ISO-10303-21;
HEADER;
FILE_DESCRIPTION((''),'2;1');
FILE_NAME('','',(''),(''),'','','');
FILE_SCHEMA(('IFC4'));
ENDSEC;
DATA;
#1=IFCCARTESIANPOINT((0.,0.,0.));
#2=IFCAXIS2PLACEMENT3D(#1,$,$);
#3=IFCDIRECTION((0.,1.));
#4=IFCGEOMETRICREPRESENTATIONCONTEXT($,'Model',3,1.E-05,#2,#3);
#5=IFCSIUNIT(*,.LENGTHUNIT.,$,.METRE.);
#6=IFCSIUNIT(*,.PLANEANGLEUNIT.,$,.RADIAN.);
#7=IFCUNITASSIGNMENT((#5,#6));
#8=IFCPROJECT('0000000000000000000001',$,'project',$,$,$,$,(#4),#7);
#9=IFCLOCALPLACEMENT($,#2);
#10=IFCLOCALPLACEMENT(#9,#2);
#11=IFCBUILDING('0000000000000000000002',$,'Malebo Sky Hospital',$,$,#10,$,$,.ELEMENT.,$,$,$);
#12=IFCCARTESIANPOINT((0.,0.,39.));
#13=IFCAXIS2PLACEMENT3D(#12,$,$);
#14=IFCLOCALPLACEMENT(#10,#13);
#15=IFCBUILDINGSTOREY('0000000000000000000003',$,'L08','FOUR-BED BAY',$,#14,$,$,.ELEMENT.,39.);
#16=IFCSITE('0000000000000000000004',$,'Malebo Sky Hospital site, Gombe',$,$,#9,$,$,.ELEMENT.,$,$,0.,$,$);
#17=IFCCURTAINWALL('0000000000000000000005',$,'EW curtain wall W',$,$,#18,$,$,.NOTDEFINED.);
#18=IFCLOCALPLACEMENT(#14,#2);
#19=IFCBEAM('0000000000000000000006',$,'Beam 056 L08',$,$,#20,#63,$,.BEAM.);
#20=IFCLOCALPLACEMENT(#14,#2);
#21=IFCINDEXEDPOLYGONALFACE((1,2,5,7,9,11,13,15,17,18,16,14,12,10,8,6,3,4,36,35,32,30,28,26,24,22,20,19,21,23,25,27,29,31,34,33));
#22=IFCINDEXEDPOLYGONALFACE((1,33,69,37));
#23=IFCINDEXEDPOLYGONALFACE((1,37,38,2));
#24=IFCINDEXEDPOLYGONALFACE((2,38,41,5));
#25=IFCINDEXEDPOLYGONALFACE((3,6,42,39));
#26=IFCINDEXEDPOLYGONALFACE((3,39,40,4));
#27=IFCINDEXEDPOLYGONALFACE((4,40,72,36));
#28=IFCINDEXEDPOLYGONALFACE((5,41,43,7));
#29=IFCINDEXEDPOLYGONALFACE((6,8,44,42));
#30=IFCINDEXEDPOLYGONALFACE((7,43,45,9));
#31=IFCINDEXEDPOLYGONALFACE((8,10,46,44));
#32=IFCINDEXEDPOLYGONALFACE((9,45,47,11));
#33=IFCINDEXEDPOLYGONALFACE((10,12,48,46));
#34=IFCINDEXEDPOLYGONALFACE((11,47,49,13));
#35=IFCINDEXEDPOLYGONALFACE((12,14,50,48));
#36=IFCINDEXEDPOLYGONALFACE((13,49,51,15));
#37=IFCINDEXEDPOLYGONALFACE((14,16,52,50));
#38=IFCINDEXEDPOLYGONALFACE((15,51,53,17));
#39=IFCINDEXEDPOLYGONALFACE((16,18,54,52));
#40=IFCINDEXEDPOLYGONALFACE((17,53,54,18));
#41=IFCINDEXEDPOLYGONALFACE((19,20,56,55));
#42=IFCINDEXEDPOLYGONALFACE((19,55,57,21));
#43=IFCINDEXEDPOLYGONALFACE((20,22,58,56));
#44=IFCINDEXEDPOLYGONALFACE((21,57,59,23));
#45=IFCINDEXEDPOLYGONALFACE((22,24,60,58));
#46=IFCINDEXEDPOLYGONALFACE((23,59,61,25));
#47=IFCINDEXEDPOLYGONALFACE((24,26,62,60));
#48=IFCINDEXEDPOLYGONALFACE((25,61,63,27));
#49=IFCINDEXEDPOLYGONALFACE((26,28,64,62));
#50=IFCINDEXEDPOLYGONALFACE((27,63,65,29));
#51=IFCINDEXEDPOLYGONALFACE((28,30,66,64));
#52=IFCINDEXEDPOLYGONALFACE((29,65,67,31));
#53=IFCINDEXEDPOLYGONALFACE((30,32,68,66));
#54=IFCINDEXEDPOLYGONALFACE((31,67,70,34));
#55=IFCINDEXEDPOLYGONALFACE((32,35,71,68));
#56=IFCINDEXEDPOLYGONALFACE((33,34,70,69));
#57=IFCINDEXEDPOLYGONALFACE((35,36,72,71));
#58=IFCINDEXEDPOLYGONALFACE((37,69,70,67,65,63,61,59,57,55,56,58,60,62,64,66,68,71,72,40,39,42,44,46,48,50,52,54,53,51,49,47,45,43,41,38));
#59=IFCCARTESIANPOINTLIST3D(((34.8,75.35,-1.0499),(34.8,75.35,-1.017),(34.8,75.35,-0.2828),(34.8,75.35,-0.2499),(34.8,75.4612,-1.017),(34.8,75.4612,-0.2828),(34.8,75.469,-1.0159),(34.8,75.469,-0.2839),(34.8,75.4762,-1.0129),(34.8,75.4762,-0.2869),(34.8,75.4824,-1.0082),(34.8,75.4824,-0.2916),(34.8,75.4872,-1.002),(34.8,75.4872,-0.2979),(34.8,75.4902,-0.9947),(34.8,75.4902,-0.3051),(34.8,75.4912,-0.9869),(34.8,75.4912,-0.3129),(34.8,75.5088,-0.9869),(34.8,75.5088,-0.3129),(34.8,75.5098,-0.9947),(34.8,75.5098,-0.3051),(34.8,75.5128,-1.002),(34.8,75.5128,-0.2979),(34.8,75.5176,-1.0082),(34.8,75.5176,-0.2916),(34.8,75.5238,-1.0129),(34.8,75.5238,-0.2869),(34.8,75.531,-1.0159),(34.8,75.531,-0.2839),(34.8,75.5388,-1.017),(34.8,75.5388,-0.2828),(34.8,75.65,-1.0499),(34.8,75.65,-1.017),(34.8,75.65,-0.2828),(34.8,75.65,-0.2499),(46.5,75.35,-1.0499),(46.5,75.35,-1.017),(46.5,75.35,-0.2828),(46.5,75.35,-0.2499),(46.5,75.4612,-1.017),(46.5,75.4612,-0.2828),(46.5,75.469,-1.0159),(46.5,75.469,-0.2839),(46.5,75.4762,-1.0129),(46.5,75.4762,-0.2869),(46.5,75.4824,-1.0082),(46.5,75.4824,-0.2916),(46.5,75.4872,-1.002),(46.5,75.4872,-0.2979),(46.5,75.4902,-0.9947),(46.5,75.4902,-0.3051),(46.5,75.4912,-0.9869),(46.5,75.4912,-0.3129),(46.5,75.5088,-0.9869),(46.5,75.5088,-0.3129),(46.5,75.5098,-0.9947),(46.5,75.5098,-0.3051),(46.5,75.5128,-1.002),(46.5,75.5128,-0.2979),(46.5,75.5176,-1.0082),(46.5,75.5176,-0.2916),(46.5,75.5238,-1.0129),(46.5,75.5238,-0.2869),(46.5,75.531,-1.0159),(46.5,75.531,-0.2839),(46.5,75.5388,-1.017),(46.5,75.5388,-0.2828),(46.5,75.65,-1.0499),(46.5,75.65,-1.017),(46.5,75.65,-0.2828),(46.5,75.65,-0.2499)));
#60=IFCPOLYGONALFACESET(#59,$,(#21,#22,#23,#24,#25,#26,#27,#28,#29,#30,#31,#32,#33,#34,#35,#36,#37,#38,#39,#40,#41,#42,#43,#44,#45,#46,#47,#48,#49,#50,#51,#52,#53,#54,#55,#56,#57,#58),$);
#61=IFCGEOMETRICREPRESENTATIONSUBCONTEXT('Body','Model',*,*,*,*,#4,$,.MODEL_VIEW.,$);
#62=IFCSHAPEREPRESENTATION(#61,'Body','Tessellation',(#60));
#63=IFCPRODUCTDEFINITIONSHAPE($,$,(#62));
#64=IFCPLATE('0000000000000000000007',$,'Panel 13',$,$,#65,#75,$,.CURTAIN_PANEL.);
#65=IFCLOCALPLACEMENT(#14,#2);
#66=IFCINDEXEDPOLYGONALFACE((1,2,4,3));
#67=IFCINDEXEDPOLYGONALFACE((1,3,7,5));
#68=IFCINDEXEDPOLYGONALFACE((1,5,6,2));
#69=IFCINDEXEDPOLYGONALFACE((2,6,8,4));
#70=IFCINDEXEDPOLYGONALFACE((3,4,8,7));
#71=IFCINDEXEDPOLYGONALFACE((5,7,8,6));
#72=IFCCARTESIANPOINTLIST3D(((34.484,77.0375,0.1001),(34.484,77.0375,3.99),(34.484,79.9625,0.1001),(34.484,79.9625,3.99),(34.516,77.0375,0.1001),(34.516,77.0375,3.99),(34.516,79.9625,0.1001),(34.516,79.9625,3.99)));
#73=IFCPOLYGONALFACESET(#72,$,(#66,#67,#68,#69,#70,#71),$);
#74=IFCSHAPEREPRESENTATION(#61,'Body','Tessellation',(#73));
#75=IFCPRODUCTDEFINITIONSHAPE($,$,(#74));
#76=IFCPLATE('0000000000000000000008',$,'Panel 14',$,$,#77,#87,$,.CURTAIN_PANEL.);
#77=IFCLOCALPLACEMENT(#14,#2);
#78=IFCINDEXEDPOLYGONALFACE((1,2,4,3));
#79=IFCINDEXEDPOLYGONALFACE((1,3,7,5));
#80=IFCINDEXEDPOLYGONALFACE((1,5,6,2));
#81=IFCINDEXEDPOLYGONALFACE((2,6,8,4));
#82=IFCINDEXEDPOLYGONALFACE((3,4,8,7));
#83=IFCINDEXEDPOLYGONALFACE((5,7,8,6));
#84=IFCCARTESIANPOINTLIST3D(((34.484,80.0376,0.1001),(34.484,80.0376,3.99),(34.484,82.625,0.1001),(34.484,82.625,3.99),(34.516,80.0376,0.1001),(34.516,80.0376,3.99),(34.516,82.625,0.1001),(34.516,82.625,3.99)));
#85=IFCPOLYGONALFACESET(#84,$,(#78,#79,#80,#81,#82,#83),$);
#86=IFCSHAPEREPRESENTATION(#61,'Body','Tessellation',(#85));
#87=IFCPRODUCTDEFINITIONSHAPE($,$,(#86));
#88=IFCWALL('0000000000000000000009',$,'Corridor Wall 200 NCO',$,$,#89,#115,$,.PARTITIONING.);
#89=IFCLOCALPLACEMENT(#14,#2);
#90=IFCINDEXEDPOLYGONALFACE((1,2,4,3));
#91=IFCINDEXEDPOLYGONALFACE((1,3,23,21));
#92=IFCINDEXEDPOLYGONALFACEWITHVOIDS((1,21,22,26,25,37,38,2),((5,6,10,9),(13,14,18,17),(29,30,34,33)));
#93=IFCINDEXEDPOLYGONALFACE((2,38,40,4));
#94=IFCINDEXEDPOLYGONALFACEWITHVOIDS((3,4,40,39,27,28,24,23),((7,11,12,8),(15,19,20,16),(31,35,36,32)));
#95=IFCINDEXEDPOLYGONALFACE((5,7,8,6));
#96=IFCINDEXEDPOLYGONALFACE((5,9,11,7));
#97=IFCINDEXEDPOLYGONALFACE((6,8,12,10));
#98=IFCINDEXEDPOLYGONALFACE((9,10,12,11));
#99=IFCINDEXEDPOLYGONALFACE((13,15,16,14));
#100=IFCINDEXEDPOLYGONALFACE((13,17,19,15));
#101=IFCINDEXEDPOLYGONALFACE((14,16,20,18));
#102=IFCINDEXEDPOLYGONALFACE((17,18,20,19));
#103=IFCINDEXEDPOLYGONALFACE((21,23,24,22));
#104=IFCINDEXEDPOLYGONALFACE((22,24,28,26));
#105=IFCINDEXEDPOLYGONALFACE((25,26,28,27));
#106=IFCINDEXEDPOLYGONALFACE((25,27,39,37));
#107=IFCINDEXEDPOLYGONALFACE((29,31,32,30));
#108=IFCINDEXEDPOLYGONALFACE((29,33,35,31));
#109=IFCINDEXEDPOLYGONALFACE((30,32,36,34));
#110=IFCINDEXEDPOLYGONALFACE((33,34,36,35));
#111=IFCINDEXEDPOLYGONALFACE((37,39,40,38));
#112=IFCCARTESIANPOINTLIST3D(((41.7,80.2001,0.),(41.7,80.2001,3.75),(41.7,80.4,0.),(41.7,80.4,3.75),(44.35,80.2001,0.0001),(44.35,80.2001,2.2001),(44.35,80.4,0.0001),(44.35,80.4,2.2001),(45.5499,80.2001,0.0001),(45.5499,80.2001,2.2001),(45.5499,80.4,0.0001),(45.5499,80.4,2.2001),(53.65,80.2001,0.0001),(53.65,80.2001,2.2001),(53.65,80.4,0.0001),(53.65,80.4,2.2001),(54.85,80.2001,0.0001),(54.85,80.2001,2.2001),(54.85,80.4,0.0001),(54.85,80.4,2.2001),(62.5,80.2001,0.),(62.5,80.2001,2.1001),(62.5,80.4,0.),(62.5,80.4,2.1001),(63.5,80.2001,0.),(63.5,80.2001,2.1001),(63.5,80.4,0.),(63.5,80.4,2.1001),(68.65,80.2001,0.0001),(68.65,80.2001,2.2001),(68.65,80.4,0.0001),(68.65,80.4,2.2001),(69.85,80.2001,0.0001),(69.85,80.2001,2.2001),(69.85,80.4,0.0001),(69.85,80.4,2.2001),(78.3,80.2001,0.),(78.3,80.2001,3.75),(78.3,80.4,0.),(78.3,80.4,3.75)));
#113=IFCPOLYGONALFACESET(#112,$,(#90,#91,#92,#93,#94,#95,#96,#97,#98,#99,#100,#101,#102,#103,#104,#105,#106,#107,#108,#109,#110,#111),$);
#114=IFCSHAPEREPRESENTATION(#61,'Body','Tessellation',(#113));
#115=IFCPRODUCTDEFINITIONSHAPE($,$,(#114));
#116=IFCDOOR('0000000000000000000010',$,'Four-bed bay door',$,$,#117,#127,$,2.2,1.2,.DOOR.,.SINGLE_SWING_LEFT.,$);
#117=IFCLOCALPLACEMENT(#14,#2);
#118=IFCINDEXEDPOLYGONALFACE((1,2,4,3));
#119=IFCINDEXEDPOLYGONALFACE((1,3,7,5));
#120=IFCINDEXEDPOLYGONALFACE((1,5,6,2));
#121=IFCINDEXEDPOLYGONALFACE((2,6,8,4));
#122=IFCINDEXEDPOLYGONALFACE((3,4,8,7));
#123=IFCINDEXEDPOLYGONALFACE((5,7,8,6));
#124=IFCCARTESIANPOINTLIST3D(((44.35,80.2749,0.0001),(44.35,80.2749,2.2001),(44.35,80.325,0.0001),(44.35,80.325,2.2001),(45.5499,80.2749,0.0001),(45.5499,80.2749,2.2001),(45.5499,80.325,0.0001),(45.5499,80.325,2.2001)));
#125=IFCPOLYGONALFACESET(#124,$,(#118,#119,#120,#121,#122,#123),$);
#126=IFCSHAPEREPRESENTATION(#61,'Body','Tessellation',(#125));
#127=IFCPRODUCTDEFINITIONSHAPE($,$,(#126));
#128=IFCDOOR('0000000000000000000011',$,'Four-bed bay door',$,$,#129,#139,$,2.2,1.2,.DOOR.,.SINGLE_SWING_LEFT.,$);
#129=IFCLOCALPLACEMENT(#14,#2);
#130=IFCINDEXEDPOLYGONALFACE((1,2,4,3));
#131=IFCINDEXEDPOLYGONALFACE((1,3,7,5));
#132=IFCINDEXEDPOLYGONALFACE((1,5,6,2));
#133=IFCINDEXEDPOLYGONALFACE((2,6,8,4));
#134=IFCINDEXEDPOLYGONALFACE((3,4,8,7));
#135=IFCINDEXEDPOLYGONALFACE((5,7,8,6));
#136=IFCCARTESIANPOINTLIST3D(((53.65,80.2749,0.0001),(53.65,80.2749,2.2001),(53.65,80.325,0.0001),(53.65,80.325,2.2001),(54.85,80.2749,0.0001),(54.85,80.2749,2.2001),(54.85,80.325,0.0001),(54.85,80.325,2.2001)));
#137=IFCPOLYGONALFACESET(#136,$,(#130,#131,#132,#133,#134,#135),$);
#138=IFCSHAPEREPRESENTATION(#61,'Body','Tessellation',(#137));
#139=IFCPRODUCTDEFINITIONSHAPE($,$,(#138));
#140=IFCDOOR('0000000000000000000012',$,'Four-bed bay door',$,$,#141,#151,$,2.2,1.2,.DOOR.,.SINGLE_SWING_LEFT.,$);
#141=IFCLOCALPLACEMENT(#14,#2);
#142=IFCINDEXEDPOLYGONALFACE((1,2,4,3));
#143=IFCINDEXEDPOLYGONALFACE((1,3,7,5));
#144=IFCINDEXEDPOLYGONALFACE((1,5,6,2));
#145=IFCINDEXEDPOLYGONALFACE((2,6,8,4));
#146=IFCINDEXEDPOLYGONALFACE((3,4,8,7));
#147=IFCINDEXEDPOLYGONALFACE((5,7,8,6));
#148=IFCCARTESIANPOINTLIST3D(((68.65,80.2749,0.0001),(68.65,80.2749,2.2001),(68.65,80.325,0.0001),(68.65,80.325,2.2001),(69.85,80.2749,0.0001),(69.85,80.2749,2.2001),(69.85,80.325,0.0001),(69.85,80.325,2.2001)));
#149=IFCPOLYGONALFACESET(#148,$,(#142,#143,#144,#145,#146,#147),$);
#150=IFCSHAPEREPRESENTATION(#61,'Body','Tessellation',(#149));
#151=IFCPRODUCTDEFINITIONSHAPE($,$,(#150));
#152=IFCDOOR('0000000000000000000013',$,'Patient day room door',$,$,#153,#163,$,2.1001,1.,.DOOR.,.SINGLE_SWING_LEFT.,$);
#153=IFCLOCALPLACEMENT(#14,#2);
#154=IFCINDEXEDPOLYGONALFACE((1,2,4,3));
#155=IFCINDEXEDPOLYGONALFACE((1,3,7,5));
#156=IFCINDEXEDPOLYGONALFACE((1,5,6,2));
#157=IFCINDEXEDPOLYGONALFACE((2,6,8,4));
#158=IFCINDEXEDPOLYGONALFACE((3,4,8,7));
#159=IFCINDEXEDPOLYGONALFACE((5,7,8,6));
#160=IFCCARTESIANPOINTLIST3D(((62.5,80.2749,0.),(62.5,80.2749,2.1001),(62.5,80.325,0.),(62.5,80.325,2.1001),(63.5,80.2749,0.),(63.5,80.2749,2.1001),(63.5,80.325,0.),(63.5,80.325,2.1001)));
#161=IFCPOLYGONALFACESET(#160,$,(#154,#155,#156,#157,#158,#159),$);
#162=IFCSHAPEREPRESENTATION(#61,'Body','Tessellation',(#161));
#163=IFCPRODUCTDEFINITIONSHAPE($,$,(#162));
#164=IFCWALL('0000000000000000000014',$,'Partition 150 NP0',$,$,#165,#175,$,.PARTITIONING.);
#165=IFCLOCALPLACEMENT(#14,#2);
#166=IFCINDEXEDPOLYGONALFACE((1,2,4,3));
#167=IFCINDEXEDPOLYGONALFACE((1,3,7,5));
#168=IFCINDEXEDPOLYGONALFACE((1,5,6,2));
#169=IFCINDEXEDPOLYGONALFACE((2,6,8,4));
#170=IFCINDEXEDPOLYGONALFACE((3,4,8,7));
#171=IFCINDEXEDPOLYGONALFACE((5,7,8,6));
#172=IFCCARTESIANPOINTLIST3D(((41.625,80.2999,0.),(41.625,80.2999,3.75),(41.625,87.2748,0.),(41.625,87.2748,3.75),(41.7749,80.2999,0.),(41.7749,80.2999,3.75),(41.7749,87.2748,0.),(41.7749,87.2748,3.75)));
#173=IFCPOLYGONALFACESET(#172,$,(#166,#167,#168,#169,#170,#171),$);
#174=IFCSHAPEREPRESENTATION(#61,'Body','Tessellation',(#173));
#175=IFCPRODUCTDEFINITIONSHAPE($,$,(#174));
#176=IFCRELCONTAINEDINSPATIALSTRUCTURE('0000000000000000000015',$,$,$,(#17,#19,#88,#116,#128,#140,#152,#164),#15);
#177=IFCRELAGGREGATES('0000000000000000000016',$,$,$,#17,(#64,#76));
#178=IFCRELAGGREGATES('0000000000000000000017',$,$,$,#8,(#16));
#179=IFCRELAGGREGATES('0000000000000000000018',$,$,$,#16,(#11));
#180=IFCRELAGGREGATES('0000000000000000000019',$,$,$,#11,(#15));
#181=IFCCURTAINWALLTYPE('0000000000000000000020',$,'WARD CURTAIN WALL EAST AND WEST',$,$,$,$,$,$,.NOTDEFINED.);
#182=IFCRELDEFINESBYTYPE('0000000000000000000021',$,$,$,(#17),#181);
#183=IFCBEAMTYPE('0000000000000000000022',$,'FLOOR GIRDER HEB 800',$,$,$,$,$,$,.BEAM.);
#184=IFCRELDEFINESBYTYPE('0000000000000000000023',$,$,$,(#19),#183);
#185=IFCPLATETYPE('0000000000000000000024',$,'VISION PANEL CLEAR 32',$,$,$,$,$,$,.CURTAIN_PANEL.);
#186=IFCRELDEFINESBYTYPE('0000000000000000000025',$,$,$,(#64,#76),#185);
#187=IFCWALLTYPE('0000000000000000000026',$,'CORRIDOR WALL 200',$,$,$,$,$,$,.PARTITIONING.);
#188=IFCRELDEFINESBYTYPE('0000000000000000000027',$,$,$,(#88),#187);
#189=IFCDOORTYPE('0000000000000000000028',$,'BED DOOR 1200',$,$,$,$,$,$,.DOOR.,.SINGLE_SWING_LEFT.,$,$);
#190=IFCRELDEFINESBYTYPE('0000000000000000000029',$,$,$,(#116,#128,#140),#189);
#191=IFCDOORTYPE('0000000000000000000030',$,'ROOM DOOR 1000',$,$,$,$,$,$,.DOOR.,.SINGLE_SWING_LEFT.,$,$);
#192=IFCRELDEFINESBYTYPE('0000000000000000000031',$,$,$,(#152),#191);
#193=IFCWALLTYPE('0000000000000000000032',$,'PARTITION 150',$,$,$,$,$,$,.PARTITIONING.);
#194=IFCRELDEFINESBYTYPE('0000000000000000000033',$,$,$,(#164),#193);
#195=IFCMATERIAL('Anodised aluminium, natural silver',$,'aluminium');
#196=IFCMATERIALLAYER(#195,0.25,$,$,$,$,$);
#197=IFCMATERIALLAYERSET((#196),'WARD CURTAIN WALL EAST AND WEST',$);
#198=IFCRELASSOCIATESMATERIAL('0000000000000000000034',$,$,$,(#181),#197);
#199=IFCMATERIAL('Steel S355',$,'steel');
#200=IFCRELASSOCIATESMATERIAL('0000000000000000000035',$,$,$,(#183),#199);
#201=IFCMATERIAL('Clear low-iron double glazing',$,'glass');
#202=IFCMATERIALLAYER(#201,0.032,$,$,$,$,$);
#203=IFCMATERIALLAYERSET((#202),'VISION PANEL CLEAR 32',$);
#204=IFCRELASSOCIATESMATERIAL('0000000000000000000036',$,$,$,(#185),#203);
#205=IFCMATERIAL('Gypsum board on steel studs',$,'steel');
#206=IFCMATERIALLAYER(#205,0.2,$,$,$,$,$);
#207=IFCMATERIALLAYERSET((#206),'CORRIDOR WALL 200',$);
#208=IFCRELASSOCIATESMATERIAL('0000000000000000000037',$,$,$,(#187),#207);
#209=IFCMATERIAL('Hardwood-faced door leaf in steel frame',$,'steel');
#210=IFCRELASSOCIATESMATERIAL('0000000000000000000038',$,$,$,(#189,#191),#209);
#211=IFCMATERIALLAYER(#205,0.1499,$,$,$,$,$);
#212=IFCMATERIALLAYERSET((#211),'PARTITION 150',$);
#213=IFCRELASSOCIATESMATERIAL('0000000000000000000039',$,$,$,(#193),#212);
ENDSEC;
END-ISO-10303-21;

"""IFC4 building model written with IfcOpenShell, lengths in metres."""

from ifc_helpers import new_model, si_unit, direction, frame, frame_2d, origin, origin_2d, place, context, subcontext, project, spatial, rectangle, i_section, extrude, material, layer, layer_set, material_profile, profile_set, type_object, element, fill, aggregate, save


model = new_model("IFC4")

# Units and contexts
model_context = context("Model", 3, precision=1e-05, world=origin(), true_north=direction((0.0, 1.0)))
body_context = subcontext(model_context, "Body", "Model", "MODEL_VIEW")
ifc_project = project(units=[si_unit("LENGTHUNIT", "METRE"), si_unit("PLANEANGLEUNIT", "RADIAN")], contexts=[model_context])

# Site, building, storey
site_placement = place(None, origin())
site = spatial("IfcSite", under=ifc_project, at=site_placement, Name="Malebo Sky Hospital site, Gombe", CompositionType="ELEMENT", RefElevation=0.0)
building_placement = place(site_placement, origin())
building = spatial("IfcBuilding", under=site, at=building_placement, Name="Malebo Sky Hospital", CompositionType="ELEMENT")
storey_placement = place(building_placement, frame((0.0, 0.0, 39.0)))
storey = spatial("IfcBuildingStorey", under=building, at=storey_placement, Name="L08", Description="FOUR-BED BAY", CompositionType="ELEMENT", Elevation=39.0)

# Curtain wall
ifc_material_1 = material(Name="Anodised aluminium, natural silver", Category="aluminium")
ifc_layer_1 = layer(ifc_material_1, 0.25)
ifc_layer_set_1 = layer_set([ifc_layer_1], Name="WARD CURTAIN WALL EAST AND WEST")
curtain_wall_type = type_object("IfcCurtainWallType", Name="WARD CURTAIN WALL EAST AND WEST", PredefinedType="NOTDEFINED", material=ifc_layer_set_1)
curtain_wall_placement = place(storey_placement, origin())
curtain_wall = element("IfcCurtainWall", 1, at=curtain_wall_placement, inside=storey, type_object=curtain_wall_type, Name="EW curtain wall W", PredefinedType="NOTDEFINED")

# Beam
ifc_material_2 = material(Name="Steel S355", Category="steel")
ifc_material_profile_1 = material_profile(ifc_material_2, i_section(OverallWidth=0.3, OverallDepth=0.8, WebThickness=0.0176, FlangeThickness=0.033, FilletRadius=0.03, at=origin_2d()), Name="HEB 800")
ifc_profile_set_1 = profile_set([ifc_material_profile_1], Name="Steel S355")
beam_type_1 = type_object("IfcBeamType", Name="FLOOR GIRDER HEB 800", PredefinedType="BEAM", material=ifc_profile_set_1)
beam_1_placement = place(storey_placement, frame((34.8, 75.5, -0.6499), z_axis=(1.0, 0.0, 0.0), x_axis=(0.0, 1.0, 0.0)))
element("IfcBeam", 2, at=beam_1_placement, inside=storey, type_object=beam_type_1, Name="Beam 056 L08", PredefinedType="BEAM", context=body_context, shape_type="SweptSolid", body=[
    extrude(i_section(OverallWidth=0.3, OverallDepth=0.8, WebThickness=0.0176, FlangeThickness=0.033, FilletRadius=0.03, at=origin_2d()), origin(), (0.0, 0.0, 1.0), 11.7),
])

# Plates
ifc_material_3 = material(Name="Clear low-iron double glazing", Category="glass")
ifc_layer_2 = layer(ifc_material_3, 0.032)
ifc_layer_set_2 = layer_set([ifc_layer_2], Name="VISION PANEL CLEAR 32")
plate_type = type_object("IfcPlateType", Name="VISION PANEL CLEAR 32", PredefinedType="CURTAIN_PANEL", material=ifc_layer_set_2)
plate_1_placement = place(storey_placement, frame((34.5, 78.5, 0.1001), z_axis=(0.0, 0.0, 1.0), x_axis=(0.0, 1.0, 0.0)))
plate_1 = element("IfcPlate", 3, at=plate_1_placement, type_object=plate_type, Name="Panel 13", PredefinedType="CURTAIN_PANEL", context=body_context, shape_type="SweptSolid", body=[
    extrude(rectangle(XDim=2.925, YDim=0.032, at=origin_2d()), origin(), (0.0, 0.0, 1.0), 3.8899),
])
plate_2_placement = place(storey_placement, frame((34.5, 81.3313, 0.1001), z_axis=(0.0, 0.0, 1.0), x_axis=(0.0, 1.0, 0.0)))
plate_2 = element("IfcPlate", 4, at=plate_2_placement, type_object=plate_type, Name="Panel 14", PredefinedType="CURTAIN_PANEL", context=body_context, shape_type="SweptSolid", body=[
    extrude(rectangle(XDim=2.5874, YDim=0.032, at=origin_2d()), origin(), (0.0, 0.0, 1.0), 3.8899),
])
aggregate(curtain_wall, [plate_1, plate_2])

# Wall, openings, doors
ifc_material_4 = material(Name="Gypsum board on steel studs", Category="steel")
ifc_layer_3 = layer(ifc_material_4, 0.2)
ifc_layer_set_3 = layer_set([ifc_layer_3], Name="CORRIDOR WALL 200")
wall_type_1 = type_object("IfcWallType", Name="CORRIDOR WALL 200", PredefinedType="PARTITIONING", material=ifc_layer_set_3)
wall_1_placement = place(storey_placement, frame((41.7, 80.3, 0.0), z_axis=(0.0, 0.0, 1.0), x_axis=(1.0, 0.0, 0.0)))
wall_1 = element("IfcWall", 5, at=wall_1_placement, inside=storey, type_object=wall_type_1, Name="Corridor Wall 200 NCO", PredefinedType="PARTITIONING", context=body_context, shape_type="SweptSolid", body=[
    extrude(rectangle(XDim=36.6001, YDim=0.2, at=frame_2d((18.3, 0.0))), origin(), (0.0, 0.0, 1.0), 3.75),
])
opening_1_placement = place(wall_1_placement, frame((2.6499, 0.0, 0.0)))
opening_1 = element("IfcOpeningElement", 6, at=opening_1_placement, cuts=wall_1, PredefinedType="OPENING", context=body_context, shape_type="SweptSolid", body=[
    extrude(rectangle(XDim=1.2, YDim=2.2, at=frame_2d((0.6001, 1.1001))), frame((0.0, 0.1099, 0.0), z_axis=(0.0, -1.0, 0.0), x_axis=(1.0, 0.0, 0.0)), (0.0, 0.0, 1.0), 0.22),
])
opening_2_placement = place(wall_1_placement, frame((11.95, 0.0, 0.0)))
opening_2 = element("IfcOpeningElement", 7, at=opening_2_placement, cuts=wall_1, PredefinedType="OPENING", context=body_context, shape_type="SweptSolid", body=[
    extrude(rectangle(XDim=1.2, YDim=2.2, at=frame_2d((0.6001, 1.1001))), frame((0.0, 0.1099, 0.0), z_axis=(0.0, -1.0, 0.0), x_axis=(1.0, 0.0, 0.0)), (0.0, 0.0, 1.0), 0.22),
])
opening_3_placement = place(wall_1_placement, frame((20.8, 0.0, 0.0)))
opening_3 = element("IfcOpeningElement", 8, at=opening_3_placement, cuts=wall_1, PredefinedType="OPENING", context=body_context, shape_type="SweptSolid", body=[
    extrude(rectangle(XDim=1.0, YDim=2.1001, at=frame_2d((0.5, 1.05))), frame((0.0, 0.1099, 0.0), z_axis=(0.0, -1.0, 0.0), x_axis=(1.0, 0.0, 0.0)), (0.0, 0.0, 1.0), 0.22),
])
opening_4_placement = place(wall_1_placement, frame((26.95, 0.0, 0.0)))
opening_4 = element("IfcOpeningElement", 9, at=opening_4_placement, cuts=wall_1, PredefinedType="OPENING", context=body_context, shape_type="SweptSolid", body=[
    extrude(rectangle(XDim=1.2, YDim=2.2, at=frame_2d((0.6001, 1.1001))), frame((0.0, 0.1099, 0.0), z_axis=(0.0, -1.0, 0.0), x_axis=(1.0, 0.0, 0.0)), (0.0, 0.0, 1.0), 0.22),
])
ifc_material_5 = material(Name="Hardwood-faced door leaf in steel frame", Category="steel")
door_type_1 = type_object("IfcDoorType", Name="BED DOOR 1200", OperationType="SINGLE_SWING_LEFT", PredefinedType="DOOR", material=ifc_material_5)
door_1_placement = place(opening_1_placement, origin())
door_1 = element("IfcDoor", 10, at=door_1_placement, inside=storey, type_object=door_type_1, Name="Four-bed bay door", OperationType="SINGLE_SWING_LEFT", OverallHeight=2.2, OverallWidth=1.2, PredefinedType="DOOR", context=body_context, shape_type="SweptSolid", body=[
    extrude(rectangle(XDim=1.2, YDim=2.2, at=frame_2d((0.6001, 1.1001))), frame((0.0, 0.0249, 0.0), z_axis=(0.0, -1.0, 0.0), x_axis=(1.0, 0.0, 0.0)), (0.0, 0.0, 1.0), 0.05),
])
fill(opening_1, door_1)
door_2_placement = place(opening_2_placement, origin())
door_2 = element("IfcDoor", 11, at=door_2_placement, inside=storey, type_object=door_type_1, Name="Four-bed bay door", OperationType="SINGLE_SWING_LEFT", OverallHeight=2.2, OverallWidth=1.2, PredefinedType="DOOR", context=body_context, shape_type="SweptSolid", body=[
    extrude(rectangle(XDim=1.2, YDim=2.2, at=frame_2d((0.6001, 1.1001))), frame((0.0, 0.0249, 0.0), z_axis=(0.0, -1.0, 0.0), x_axis=(1.0, 0.0, 0.0)), (0.0, 0.0, 1.0), 0.05),
])
fill(opening_2, door_2)
door_3_placement = place(opening_4_placement, origin())
door_3 = element("IfcDoor", 12, at=door_3_placement, inside=storey, type_object=door_type_1, Name="Four-bed bay door", OperationType="SINGLE_SWING_LEFT", OverallHeight=2.2, OverallWidth=1.2, PredefinedType="DOOR", context=body_context, shape_type="SweptSolid", body=[
    extrude(rectangle(XDim=1.2, YDim=2.2, at=frame_2d((0.6001, 1.1001))), frame((0.0, 0.0249, 0.0), z_axis=(0.0, -1.0, 0.0), x_axis=(1.0, 0.0, 0.0)), (0.0, 0.0, 1.0), 0.05),
])
fill(opening_4, door_3)
door_type_2 = type_object("IfcDoorType", Name="ROOM DOOR 1000", OperationType="SINGLE_SWING_LEFT", PredefinedType="DOOR", material=ifc_material_5)
door_4_placement = place(opening_3_placement, origin())
door_4 = element("IfcDoor", 13, at=door_4_placement, inside=storey, type_object=door_type_2, Name="Patient day room door", OperationType="SINGLE_SWING_LEFT", OverallHeight=2.1001, OverallWidth=1.0, PredefinedType="DOOR", context=body_context, shape_type="SweptSolid", body=[
    extrude(rectangle(XDim=1.0, YDim=2.1001, at=frame_2d((0.5, 1.05))), frame((0.0, 0.0249, 0.0), z_axis=(0.0, -1.0, 0.0), x_axis=(1.0, 0.0, 0.0)), (0.0, 0.0, 1.0), 0.05),
])
fill(opening_3, door_4)

# Wall
ifc_layer_4 = layer(ifc_material_4, 0.1499)
ifc_layer_set_4 = layer_set([ifc_layer_4], Name="PARTITION 150")
wall_type_2 = type_object("IfcWallType", Name="PARTITION 150", PredefinedType="PARTITIONING", material=ifc_layer_set_4)
wall_2_placement = place(storey_placement, frame((41.7, 80.3, 0.0), z_axis=(0.0, 0.0, 1.0), x_axis=(0.0, 1.0, 0.0)))
element("IfcWall", 14, at=wall_2_placement, inside=storey, type_object=wall_type_2, Name="Partition 150 NP0", PredefinedType="PARTITIONING", context=body_context, shape_type="SweptSolid", body=[
    extrude(rectangle(XDim=6.9749, YDim=0.1499, at=frame_2d((3.4873, 0.0))), origin(), (0.0, 0.0, 1.0), 3.75),
])

save(model, "model.ifc")
